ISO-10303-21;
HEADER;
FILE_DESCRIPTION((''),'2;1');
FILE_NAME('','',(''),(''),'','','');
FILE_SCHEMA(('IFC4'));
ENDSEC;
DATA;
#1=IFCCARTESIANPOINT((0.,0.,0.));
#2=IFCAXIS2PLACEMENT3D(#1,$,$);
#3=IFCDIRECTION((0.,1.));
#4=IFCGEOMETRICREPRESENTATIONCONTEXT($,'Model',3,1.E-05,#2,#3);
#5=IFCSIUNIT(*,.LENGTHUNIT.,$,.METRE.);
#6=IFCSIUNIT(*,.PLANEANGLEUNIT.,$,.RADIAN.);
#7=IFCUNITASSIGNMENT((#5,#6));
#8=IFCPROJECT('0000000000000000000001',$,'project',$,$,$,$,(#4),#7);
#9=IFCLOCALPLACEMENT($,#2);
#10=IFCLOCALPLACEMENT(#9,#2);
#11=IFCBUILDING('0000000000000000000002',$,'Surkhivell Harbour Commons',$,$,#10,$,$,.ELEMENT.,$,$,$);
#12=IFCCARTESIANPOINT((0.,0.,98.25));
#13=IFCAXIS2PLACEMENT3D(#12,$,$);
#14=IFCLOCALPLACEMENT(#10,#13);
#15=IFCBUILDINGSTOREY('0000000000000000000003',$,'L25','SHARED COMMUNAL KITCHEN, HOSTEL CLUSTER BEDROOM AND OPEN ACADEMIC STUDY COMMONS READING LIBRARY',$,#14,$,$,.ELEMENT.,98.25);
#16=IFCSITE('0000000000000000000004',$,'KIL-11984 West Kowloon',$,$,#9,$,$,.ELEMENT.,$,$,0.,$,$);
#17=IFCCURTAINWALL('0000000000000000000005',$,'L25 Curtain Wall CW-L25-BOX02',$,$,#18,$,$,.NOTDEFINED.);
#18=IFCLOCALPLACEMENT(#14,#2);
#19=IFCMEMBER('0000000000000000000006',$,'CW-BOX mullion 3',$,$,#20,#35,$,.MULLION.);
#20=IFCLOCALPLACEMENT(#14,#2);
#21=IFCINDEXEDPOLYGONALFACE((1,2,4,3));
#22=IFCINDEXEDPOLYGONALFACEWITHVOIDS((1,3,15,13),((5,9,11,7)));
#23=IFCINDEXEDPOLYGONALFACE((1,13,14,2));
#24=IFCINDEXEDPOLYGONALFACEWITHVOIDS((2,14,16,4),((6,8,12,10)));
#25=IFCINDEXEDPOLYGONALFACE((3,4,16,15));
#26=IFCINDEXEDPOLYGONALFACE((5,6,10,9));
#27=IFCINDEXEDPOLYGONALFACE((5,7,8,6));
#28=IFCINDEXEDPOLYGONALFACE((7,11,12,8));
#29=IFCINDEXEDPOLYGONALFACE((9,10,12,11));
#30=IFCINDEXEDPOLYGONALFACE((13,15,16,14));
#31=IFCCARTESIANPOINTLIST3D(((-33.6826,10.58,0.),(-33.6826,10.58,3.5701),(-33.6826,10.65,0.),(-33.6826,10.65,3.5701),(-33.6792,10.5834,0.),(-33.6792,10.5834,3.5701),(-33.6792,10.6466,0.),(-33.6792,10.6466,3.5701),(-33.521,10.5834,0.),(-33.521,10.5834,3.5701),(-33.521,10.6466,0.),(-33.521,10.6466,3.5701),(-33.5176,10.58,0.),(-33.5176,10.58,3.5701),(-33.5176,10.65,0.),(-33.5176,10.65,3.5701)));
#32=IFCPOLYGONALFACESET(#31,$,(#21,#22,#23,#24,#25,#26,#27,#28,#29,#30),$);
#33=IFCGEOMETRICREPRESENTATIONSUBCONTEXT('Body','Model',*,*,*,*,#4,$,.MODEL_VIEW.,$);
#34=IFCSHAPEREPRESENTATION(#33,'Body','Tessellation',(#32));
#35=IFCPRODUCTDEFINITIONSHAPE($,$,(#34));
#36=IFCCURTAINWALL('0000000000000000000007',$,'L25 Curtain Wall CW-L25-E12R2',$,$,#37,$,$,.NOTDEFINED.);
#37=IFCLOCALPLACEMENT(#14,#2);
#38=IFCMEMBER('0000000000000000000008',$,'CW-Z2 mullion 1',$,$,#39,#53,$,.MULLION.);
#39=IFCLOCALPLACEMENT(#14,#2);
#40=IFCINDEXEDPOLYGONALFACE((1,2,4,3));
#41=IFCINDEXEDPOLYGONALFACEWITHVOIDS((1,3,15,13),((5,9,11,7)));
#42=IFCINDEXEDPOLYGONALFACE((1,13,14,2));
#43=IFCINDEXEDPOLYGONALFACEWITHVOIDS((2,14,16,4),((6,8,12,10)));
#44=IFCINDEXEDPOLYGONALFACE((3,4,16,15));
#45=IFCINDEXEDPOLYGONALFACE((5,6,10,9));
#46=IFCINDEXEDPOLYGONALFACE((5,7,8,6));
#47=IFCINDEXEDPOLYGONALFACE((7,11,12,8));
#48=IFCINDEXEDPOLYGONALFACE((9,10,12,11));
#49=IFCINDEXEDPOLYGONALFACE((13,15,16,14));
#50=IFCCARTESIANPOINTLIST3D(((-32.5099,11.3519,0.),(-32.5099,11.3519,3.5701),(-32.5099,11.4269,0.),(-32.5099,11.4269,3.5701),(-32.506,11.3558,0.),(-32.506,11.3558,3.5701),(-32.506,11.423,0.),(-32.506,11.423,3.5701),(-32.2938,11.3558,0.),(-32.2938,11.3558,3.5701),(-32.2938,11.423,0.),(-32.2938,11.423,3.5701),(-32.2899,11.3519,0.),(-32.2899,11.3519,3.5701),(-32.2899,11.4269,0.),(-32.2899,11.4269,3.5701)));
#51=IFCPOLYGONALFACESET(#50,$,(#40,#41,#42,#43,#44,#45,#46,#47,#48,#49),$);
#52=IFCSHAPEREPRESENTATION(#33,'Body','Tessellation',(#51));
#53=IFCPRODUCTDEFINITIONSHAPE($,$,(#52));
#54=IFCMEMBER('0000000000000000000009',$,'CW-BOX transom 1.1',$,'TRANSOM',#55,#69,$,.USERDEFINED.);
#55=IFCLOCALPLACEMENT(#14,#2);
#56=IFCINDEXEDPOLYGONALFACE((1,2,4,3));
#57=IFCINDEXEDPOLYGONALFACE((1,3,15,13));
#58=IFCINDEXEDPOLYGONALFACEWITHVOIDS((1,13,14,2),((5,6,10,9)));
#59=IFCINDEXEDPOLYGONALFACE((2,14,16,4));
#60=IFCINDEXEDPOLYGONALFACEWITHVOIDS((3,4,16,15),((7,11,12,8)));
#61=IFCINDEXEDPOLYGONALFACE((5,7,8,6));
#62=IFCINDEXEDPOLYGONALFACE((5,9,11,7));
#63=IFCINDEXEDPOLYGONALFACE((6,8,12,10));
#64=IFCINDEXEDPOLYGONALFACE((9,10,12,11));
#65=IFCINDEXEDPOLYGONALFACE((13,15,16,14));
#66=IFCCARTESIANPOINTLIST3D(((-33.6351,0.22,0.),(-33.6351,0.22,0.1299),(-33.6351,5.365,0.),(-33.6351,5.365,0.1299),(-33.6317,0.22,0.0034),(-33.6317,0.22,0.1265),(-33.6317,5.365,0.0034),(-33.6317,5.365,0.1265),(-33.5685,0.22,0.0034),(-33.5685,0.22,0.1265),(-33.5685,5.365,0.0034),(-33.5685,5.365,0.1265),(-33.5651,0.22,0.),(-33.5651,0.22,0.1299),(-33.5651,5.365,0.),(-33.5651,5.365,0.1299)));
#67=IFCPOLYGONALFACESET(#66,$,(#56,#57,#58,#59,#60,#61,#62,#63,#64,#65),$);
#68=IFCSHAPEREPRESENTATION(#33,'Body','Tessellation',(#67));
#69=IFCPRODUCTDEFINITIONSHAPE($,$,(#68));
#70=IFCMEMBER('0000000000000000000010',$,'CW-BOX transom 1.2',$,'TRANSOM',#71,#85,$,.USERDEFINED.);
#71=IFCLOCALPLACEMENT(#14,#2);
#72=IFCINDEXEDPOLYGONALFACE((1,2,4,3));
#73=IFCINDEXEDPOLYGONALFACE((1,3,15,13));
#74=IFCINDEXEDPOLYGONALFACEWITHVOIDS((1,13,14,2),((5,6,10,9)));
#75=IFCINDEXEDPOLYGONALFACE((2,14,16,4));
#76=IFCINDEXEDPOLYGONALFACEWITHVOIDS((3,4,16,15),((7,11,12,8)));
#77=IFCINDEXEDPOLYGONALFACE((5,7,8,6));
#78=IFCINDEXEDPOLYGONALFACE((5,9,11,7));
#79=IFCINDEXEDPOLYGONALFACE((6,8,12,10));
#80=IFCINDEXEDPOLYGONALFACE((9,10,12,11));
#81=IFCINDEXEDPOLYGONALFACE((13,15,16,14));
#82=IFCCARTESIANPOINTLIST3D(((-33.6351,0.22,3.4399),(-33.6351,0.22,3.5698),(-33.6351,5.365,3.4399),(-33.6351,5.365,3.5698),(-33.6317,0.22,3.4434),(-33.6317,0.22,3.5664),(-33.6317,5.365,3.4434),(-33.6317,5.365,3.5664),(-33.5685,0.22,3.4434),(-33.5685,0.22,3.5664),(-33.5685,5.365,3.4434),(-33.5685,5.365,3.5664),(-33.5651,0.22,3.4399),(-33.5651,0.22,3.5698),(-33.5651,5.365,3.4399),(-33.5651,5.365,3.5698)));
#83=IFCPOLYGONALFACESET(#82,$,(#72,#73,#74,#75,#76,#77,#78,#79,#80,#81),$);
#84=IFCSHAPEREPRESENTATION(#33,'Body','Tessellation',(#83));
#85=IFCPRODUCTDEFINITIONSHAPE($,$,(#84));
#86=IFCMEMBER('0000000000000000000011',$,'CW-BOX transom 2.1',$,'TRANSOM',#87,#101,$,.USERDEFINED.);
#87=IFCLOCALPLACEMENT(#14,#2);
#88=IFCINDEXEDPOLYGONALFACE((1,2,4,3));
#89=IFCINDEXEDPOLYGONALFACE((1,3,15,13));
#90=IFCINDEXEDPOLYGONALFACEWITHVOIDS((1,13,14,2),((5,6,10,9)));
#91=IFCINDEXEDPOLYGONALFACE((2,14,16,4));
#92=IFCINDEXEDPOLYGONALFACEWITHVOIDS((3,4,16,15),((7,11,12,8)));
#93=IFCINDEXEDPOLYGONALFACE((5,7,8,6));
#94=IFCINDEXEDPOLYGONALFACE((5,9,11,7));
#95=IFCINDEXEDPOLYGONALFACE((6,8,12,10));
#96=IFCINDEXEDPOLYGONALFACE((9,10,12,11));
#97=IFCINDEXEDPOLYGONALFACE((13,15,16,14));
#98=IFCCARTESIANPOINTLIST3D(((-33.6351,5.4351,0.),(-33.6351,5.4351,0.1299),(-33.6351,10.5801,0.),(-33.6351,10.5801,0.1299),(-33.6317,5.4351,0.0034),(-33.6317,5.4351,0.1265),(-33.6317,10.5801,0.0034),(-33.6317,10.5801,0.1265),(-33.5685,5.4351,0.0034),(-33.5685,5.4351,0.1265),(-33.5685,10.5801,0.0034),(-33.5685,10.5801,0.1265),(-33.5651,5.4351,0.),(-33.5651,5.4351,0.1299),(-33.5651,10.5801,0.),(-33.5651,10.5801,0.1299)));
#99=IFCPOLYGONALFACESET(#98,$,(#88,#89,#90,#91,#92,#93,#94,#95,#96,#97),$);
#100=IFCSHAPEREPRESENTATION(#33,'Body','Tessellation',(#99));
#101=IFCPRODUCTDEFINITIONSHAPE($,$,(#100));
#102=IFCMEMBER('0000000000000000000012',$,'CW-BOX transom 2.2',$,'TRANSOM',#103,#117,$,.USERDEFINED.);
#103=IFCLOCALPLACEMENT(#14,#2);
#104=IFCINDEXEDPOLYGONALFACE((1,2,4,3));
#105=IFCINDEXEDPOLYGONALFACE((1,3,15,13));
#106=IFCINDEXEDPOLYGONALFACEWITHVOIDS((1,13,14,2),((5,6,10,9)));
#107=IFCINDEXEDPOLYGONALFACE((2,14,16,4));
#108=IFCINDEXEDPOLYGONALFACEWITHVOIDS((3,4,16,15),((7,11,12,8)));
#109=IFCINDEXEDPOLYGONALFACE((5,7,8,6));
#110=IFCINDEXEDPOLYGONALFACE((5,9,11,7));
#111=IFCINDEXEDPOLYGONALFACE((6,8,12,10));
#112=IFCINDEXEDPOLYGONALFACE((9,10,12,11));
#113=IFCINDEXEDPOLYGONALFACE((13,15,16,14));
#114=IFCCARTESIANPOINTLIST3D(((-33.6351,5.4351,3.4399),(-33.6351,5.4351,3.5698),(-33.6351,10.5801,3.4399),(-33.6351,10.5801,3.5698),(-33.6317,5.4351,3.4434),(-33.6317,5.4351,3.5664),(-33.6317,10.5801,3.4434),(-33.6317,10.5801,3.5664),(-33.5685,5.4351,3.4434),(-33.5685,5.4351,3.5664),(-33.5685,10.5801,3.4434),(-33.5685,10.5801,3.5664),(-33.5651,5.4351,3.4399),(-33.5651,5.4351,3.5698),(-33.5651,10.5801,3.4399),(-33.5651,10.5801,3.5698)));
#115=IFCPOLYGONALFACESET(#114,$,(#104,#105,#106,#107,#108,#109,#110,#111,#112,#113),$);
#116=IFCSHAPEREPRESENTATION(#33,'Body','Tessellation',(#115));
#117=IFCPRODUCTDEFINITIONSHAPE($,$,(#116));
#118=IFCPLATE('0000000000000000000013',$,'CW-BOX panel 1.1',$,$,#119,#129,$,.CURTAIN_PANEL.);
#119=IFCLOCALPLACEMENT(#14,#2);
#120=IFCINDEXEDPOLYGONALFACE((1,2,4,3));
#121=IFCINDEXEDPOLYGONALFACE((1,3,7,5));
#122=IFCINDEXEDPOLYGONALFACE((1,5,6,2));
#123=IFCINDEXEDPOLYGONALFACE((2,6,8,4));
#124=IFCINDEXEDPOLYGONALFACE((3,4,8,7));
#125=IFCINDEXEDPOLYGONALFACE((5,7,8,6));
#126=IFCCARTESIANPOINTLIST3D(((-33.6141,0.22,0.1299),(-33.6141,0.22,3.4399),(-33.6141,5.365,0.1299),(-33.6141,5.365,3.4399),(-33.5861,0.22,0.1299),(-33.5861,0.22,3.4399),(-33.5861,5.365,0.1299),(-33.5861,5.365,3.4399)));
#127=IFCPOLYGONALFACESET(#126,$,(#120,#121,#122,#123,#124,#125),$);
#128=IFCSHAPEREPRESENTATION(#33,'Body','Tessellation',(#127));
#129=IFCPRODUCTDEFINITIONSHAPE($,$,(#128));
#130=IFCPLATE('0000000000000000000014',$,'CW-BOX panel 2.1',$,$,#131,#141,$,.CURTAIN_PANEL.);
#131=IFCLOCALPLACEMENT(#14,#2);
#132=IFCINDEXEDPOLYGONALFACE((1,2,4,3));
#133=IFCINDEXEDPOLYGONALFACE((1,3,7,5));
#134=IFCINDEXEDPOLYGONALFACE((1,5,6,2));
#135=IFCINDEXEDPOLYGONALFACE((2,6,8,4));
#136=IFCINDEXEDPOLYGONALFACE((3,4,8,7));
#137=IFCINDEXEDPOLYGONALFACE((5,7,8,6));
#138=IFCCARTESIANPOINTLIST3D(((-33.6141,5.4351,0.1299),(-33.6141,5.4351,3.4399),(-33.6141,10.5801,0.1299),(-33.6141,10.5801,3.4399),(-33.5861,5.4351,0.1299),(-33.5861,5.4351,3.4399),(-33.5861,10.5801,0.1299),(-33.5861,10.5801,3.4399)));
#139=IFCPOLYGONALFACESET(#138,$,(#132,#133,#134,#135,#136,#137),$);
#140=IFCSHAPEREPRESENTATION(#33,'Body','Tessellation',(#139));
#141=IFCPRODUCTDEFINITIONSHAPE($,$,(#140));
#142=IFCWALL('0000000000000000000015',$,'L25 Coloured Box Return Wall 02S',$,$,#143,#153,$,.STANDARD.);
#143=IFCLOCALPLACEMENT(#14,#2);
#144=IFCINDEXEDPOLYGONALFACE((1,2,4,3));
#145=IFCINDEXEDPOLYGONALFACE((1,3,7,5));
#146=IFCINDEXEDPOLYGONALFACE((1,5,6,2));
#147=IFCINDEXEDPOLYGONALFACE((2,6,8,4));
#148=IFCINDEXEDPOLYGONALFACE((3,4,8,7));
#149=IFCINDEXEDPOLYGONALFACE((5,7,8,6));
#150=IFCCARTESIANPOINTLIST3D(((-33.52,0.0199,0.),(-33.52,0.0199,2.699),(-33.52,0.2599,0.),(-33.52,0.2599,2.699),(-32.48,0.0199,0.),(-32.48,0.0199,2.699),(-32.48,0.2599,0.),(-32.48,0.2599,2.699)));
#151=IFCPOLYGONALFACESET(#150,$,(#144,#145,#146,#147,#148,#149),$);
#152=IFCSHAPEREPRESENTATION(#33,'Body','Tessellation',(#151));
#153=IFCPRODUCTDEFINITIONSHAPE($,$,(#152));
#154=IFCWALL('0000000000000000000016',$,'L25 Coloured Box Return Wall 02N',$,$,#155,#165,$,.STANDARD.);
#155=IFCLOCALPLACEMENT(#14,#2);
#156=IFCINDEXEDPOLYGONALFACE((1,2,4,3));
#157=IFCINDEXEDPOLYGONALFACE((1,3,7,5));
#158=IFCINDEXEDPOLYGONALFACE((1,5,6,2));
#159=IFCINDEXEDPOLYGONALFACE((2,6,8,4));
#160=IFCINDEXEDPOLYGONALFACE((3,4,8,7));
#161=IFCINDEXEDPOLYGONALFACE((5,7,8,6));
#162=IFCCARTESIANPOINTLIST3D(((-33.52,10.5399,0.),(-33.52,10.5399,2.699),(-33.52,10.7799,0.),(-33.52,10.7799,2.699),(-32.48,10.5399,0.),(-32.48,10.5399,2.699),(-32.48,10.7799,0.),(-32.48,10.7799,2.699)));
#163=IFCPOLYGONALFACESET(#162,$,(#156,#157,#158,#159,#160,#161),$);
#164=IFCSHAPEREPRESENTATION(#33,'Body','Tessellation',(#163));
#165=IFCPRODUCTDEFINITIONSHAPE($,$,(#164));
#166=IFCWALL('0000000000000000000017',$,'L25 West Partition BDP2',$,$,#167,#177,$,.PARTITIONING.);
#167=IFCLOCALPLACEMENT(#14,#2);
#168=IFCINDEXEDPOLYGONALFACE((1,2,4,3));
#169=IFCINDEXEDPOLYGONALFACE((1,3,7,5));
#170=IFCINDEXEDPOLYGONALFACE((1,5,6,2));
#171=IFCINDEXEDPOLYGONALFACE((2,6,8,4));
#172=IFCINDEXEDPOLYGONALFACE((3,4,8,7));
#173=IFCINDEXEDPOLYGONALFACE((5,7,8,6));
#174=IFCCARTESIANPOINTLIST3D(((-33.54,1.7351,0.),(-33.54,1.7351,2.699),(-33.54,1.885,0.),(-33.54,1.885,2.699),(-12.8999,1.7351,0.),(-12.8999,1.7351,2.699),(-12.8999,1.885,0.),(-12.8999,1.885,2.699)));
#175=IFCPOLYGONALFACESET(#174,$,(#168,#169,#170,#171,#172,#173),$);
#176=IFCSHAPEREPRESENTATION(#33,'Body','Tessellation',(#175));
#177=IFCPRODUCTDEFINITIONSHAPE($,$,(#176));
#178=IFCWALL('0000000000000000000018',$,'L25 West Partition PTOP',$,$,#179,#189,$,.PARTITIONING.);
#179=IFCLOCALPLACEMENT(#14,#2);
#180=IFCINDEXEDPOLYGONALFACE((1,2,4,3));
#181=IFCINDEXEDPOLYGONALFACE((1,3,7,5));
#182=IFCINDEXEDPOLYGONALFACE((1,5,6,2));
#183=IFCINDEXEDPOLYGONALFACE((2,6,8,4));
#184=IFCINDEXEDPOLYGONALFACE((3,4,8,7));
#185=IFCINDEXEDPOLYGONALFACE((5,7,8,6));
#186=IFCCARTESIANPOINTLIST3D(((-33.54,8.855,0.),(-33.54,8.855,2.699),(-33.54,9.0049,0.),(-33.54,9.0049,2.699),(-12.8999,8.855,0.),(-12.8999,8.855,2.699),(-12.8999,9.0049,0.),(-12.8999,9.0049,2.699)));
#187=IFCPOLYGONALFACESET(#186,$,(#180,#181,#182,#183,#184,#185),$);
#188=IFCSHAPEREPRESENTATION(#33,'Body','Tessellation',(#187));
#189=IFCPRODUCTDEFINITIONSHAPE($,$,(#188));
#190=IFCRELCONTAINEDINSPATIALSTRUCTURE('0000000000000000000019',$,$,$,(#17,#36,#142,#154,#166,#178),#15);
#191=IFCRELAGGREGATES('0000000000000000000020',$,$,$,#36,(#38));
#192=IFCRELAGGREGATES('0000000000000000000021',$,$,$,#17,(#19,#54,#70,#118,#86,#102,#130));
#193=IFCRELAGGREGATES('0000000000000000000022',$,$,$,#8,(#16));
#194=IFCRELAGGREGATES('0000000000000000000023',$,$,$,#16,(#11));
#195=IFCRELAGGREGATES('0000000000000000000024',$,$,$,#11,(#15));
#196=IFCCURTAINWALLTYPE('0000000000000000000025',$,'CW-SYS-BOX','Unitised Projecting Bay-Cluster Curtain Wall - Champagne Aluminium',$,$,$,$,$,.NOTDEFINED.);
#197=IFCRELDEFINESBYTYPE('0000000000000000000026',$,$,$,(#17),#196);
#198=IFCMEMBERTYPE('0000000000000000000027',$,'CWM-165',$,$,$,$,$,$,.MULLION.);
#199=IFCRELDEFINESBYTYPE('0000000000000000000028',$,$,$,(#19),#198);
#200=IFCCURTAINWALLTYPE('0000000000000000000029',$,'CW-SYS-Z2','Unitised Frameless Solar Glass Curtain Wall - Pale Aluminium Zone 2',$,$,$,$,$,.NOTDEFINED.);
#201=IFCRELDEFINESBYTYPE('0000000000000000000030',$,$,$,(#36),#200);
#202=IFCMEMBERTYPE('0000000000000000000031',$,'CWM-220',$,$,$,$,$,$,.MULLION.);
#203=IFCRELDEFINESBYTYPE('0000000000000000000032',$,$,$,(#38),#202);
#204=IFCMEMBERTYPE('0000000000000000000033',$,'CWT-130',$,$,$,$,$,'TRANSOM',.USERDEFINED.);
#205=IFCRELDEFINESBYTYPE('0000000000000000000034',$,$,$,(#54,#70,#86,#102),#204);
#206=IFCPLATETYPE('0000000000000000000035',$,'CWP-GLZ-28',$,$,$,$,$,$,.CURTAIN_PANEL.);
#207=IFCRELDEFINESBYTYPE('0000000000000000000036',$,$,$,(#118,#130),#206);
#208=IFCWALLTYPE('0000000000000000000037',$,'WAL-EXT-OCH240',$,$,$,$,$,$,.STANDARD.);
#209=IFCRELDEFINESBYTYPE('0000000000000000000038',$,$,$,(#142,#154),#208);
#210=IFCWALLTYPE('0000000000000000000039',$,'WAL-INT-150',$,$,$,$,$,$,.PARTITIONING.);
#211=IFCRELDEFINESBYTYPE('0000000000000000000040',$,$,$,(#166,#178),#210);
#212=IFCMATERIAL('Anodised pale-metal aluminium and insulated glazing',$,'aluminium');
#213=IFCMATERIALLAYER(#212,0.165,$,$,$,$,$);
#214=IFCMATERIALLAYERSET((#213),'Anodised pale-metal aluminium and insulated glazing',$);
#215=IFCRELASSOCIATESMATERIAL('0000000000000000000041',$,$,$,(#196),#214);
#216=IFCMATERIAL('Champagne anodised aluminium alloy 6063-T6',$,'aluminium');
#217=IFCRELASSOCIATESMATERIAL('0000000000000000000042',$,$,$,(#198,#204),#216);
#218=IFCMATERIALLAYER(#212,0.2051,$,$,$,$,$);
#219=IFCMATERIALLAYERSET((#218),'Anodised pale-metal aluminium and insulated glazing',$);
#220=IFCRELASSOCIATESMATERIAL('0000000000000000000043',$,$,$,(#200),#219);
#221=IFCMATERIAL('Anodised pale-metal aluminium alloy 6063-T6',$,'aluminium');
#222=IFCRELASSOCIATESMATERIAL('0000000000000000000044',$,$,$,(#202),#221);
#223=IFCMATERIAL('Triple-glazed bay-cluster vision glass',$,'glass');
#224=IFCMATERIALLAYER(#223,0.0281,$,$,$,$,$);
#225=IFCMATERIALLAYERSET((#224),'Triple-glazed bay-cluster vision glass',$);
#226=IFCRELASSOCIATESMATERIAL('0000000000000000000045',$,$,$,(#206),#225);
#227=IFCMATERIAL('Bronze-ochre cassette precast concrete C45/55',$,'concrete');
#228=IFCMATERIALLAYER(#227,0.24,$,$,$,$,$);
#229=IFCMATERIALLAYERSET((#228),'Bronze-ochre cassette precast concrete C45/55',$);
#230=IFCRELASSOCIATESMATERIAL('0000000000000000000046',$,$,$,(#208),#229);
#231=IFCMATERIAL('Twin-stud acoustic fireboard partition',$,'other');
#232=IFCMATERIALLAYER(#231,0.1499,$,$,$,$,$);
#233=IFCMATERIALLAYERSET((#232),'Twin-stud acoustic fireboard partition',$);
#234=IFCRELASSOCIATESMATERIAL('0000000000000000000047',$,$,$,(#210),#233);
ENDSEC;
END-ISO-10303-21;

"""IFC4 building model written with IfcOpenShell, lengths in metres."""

from ifc_helpers import new_model, si_unit, direction, frame, frame_2d, origin, origin_2d, place, context, subcontext, project, spatial, rectangle, hollow_rectangle, extrude, material, layer, layer_set, material_profile, profile_set, type_object, element, aggregate, save


model = new_model("IFC4")

# Units and contexts
model_context = context("Model", 3, precision=1e-05, world=origin(), true_north=direction((0.0, 1.0)))
body_context = subcontext(model_context, "Body", "Model", "MODEL_VIEW")
ifc_project = project(units=[si_unit("LENGTHUNIT", "METRE"), si_unit("PLANEANGLEUNIT", "RADIAN")], contexts=[model_context])

# Site, building, storey
site_placement = place(None, origin())
site = spatial("IfcSite", under=ifc_project, at=site_placement, Name="KIL-11984 West Kowloon", CompositionType="ELEMENT", RefElevation=0.0)
building_placement = place(site_placement, origin())
building = spatial("IfcBuilding", under=site, at=building_placement, Name="Surkhivell Harbour Commons", CompositionType="ELEMENT")
storey_placement = place(building_placement, frame((0.0, 0.0, 98.25)))
storey = spatial("IfcBuildingStorey", under=building, at=storey_placement, Name="L25", Description="SHARED COMMUNAL KITCHEN, HOSTEL CLUSTER BEDROOM AND OPEN ACADEMIC STUDY COMMONS READING LIBRARY", CompositionType="ELEMENT", Elevation=98.25)

# Curtain wall, member
ifc_material_1 = material(Name="Anodised pale-metal aluminium and insulated glazing", Category="aluminium")
ifc_layer_1 = layer(ifc_material_1, 0.165)
ifc_layer_set_1 = layer_set([ifc_layer_1], Name="Anodised pale-metal aluminium and insulated glazing")
curtain_wall_type_1 = type_object("IfcCurtainWallType", Name="CW-SYS-BOX", Description="Unitised Projecting Bay-Cluster Curtain Wall - Champagne Aluminium", PredefinedType="NOTDEFINED", material=ifc_layer_set_1)
curtain_wall_1_placement = place(storey_placement, origin())
curtain_wall_1 = element("IfcCurtainWall", 1, at=curtain_wall_1_placement, inside=storey, type_object=curtain_wall_type_1, Name="L25 Curtain Wall CW-L25-BOX02", PredefinedType="NOTDEFINED")
ifc_material_2 = material(Name="Champagne anodised aluminium alloy 6063-T6", Category="aluminium")
ifc_material_profile_1 = material_profile(ifc_material_2, hollow_rectangle(XDim=0.0701, YDim=0.165, WallThickness=0.0034, at=origin_2d()), Name="ALU-MULL-70x165")
ifc_profile_set_1 = profile_set([ifc_material_profile_1], Name="Champagne anodised aluminium alloy 6063-T6")
member_type_1 = type_object("IfcMemberType", Name="CWM-165", PredefinedType="MULLION", material=ifc_profile_set_1)
member_1_placement = place(storey_placement, frame((-33.6001, 10.615, 0.0), z_axis=(0.0, 0.0, 1.0), x_axis=(0.0, 1.0, 0.0)))
member_1 = element("IfcMember", 2, at=member_1_placement, type_object=member_type_1, Name="CW-BOX mullion 3", PredefinedType="MULLION", context=body_context, shape_type="SweptSolid", body=[
    extrude(hollow_rectangle(XDim=0.0701, YDim=0.165, WallThickness=0.0034, at=origin_2d()), origin(), (0.0, 0.0, 1.0), 3.5701),
])

# Curtain wall, member
ifc_layer_2 = layer(ifc_material_1, 0.2051)
ifc_layer_set_2 = layer_set([ifc_layer_2], Name="Anodised pale-metal aluminium and insulated glazing")
curtain_wall_type_2 = type_object("IfcCurtainWallType", Name="CW-SYS-Z2", Description="Unitised Frameless Solar Glass Curtain Wall - Pale Aluminium Zone 2", PredefinedType="NOTDEFINED", material=ifc_layer_set_2)
curtain_wall_2_placement = place(storey_placement, origin())
curtain_wall_2 = element("IfcCurtainWall", 3, at=curtain_wall_2_placement, inside=storey, type_object=curtain_wall_type_2, Name="L25 Curtain Wall CW-L25-E12R2", PredefinedType="NOTDEFINED")
ifc_material_3 = material(Name="Anodised pale-metal aluminium alloy 6063-T6", Category="aluminium")
ifc_material_profile_2 = material_profile(ifc_material_3, hollow_rectangle(XDim=0.075, YDim=0.22, WallThickness=0.0039, at=origin_2d()), Name="ALU-MULL-75x220")
ifc_profile_set_2 = profile_set([ifc_material_profile_2], Name="Anodised pale-metal aluminium alloy 6063-T6")
member_type_2 = type_object("IfcMemberType", Name="CWM-220", PredefinedType="MULLION", material=ifc_profile_set_2)
member_2_placement = place(storey_placement, frame((-32.3999, 11.3894, 0.0), z_axis=(0.0, 0.0, 1.0), x_axis=(0.0, 1.0, 0.0)))
member_2 = element("IfcMember", 4, at=member_2_placement, type_object=member_type_2, Name="CW-Z2 mullion 1", PredefinedType="MULLION", context=body_context, shape_type="SweptSolid", body=[
    extrude(hollow_rectangle(XDim=0.075, YDim=0.22, WallThickness=0.0039, at=origin_2d()), origin(), (0.0, 0.0, 1.0), 3.5701),
])
aggregate(curtain_wall_2, [member_2])

# Members
ifc_material_profile_3 = material_profile(ifc_material_2, hollow_rectangle(XDim=0.0701, YDim=0.1299, WallThickness=0.0034, at=origin_2d()), Name="ALU-TRAN-70x130")
ifc_profile_set_3 = profile_set([ifc_material_profile_3], Name="Champagne anodised aluminium alloy 6063-T6")
member_type_3 = type_object("IfcMemberType", Name="CWT-130", ElementType="TRANSOM", PredefinedType="USERDEFINED", material=ifc_profile_set_3)
member_3_placement = place(storey_placement, frame((-33.6001, 0.22, 0.0649), z_axis=(0.0, 1.0, 0.0), x_axis=(-1.0, 0.0, 0.0)))
member_3 = element("IfcMember", 5, at=member_3_placement, type_object=member_type_3, Name="CW-BOX transom 1.1", ObjectType="TRANSOM", PredefinedType="USERDEFINED", context=body_context, shape_type="SweptSolid", body=[
    extrude(hollow_rectangle(XDim=0.0701, YDim=0.1299, WallThickness=0.0034, at=origin_2d()), origin(), (0.0, 0.0, 1.0), 5.145),
])
member_4_placement = place(storey_placement, frame((-33.6001, 0.22, 3.5049), z_axis=(0.0, 1.0, 0.0), x_axis=(-1.0, 0.0, 0.0)))
member_4 = element("IfcMember", 6, at=member_4_placement, type_object=member_type_3, Name="CW-BOX transom 1.2", ObjectType="TRANSOM", PredefinedType="USERDEFINED", context=body_context, shape_type="SweptSolid", body=[
    extrude(hollow_rectangle(XDim=0.0701, YDim=0.1299, WallThickness=0.0034, at=origin_2d()), origin(), (0.0, 0.0, 1.0), 5.145),
])
member_5_placement = place(storey_placement, frame((-33.6001, 5.4351, 0.0649), z_axis=(0.0, 1.0, 0.0), x_axis=(-1.0, 0.0, 0.0)))
member_5 = element("IfcMember", 7, at=member_5_placement, type_object=member_type_3, Name="CW-BOX transom 2.1", ObjectType="TRANSOM", PredefinedType="USERDEFINED", context=body_context, shape_type="SweptSolid", body=[
    extrude(hollow_rectangle(XDim=0.0701, YDim=0.1299, WallThickness=0.0034, at=origin_2d()), origin(), (0.0, 0.0, 1.0), 5.145),
])
member_6_placement = place(storey_placement, frame((-33.6001, 5.4351, 3.5049), z_axis=(0.0, 1.0, 0.0), x_axis=(-1.0, 0.0, 0.0)))
member_6 = element("IfcMember", 8, at=member_6_placement, type_object=member_type_3, Name="CW-BOX transom 2.2", ObjectType="TRANSOM", PredefinedType="USERDEFINED", context=body_context, shape_type="SweptSolid", body=[
    extrude(hollow_rectangle(XDim=0.0701, YDim=0.1299, WallThickness=0.0034, at=origin_2d()), origin(), (0.0, 0.0, 1.0), 5.145),
])

# Plates
ifc_material_4 = material(Name="Triple-glazed bay-cluster vision glass", Category="glass")
ifc_layer_3 = layer(ifc_material_4, 0.0281)
ifc_layer_set_3 = layer_set([ifc_layer_3], Name="Triple-glazed bay-cluster vision glass")
plate_type = type_object("IfcPlateType", Name="CWP-GLZ-28", PredefinedType="CURTAIN_PANEL", material=ifc_layer_set_3)
plate_1_placement = place(storey_placement, frame((-33.6001, 0.22, 0.1299), z_axis=(0.0, 0.0, 1.0), x_axis=(0.0, 1.0, 0.0)))
plate_1 = element("IfcPlate", 9, at=plate_1_placement, type_object=plate_type, Name="CW-BOX panel 1.1", PredefinedType="CURTAIN_PANEL", context=body_context, shape_type="SweptSolid", body=[
    extrude(rectangle(XDim=5.145, YDim=0.0281, at=frame_2d((2.5725, 0.0))), origin(), (0.0, 0.0, 1.0), 3.3101),
])
plate_2_placement = place(storey_placement, frame((-33.6001, 5.4351, 0.1299), z_axis=(0.0, 0.0, 1.0), x_axis=(0.0, 1.0, 0.0)))
plate_2 = element("IfcPlate", 10, at=plate_2_placement, type_object=plate_type, Name="CW-BOX panel 2.1", PredefinedType="CURTAIN_PANEL", context=body_context, shape_type="SweptSolid", body=[
    extrude(rectangle(XDim=5.145, YDim=0.0281, at=frame_2d((2.5725, 0.0))), origin(), (0.0, 0.0, 1.0), 3.3101),
])
aggregate(curtain_wall_1, [member_1, member_3, member_4, plate_1, member_5, member_6, plate_2])

# Walls
ifc_material_5 = material(Name="Bronze-ochre cassette precast concrete C45/55", Category="concrete")
ifc_layer_4 = layer(ifc_material_5, 0.24)
ifc_layer_set_4 = layer_set([ifc_layer_4], Name="Bronze-ochre cassette precast concrete C45/55")
wall_type_1 = type_object("IfcWallType", Name="WAL-EXT-OCH240", PredefinedType="STANDARD", material=ifc_layer_set_4)
for number, where, z_axis, x_axis, name in (
    (11, (-33.52, 0.1399, 0.0), (0.0, 0.0, 1.0), (1.0, 0.0, 0.0), "L25 Coloured Box Return Wall 02S"),
    (12, (-33.52, 10.6599, 0.0), (0.0, 0.0, 1.0), (1.0, 0.0, 0.0), "L25 Coloured Box Return Wall 02N"),
):
    element("IfcWall", number, at=place(storey_placement, frame(where, z_axis=z_axis, x_axis=x_axis)), inside=storey, type_object=wall_type_1, Name=name, PredefinedType="STANDARD", context=body_context, shape_type="SweptSolid", body=[
        extrude(rectangle(XDim=1.04, YDim=0.24, at=frame_2d((0.52, 0.0))), origin(), (0.0, 0.0, 1.0), 2.699),
    ])
ifc_material_6 = material(Name="Twin-stud acoustic fireboard partition", Category="other")
ifc_layer_5 = layer(ifc_material_6, 0.1499)
ifc_layer_set_5 = layer_set([ifc_layer_5], Name="Twin-stud acoustic fireboard partition")
wall_type_2 = type_object("IfcWallType", Name="WAL-INT-150", PredefinedType="PARTITIONING", material=ifc_layer_set_5)
for number, where, z_axis, x_axis, name in (
    (13, (-33.54, 1.8101, 0.0), (0.0, 0.0, 1.0), (1.0, 0.0, 0.0), "L25 West Partition BDP2"),
    (14, (-33.54, 8.9299, 0.0), (0.0, 0.0, 1.0), (1.0, 0.0, 0.0), "L25 West Partition PTOP"),
):
    element("IfcWall", number, at=place(storey_placement, frame(where, z_axis=z_axis, x_axis=x_axis)), inside=storey, type_object=wall_type_2, Name=name, PredefinedType="PARTITIONING", context=body_context, shape_type="SweptSolid", body=[
        extrude(rectangle(XDim=20.6401, YDim=0.1499, at=frame_2d((10.3201, 0.0))), origin(), (0.0, 0.0, 1.0), 2.699),
    ])

save(model, "model.ifc")
